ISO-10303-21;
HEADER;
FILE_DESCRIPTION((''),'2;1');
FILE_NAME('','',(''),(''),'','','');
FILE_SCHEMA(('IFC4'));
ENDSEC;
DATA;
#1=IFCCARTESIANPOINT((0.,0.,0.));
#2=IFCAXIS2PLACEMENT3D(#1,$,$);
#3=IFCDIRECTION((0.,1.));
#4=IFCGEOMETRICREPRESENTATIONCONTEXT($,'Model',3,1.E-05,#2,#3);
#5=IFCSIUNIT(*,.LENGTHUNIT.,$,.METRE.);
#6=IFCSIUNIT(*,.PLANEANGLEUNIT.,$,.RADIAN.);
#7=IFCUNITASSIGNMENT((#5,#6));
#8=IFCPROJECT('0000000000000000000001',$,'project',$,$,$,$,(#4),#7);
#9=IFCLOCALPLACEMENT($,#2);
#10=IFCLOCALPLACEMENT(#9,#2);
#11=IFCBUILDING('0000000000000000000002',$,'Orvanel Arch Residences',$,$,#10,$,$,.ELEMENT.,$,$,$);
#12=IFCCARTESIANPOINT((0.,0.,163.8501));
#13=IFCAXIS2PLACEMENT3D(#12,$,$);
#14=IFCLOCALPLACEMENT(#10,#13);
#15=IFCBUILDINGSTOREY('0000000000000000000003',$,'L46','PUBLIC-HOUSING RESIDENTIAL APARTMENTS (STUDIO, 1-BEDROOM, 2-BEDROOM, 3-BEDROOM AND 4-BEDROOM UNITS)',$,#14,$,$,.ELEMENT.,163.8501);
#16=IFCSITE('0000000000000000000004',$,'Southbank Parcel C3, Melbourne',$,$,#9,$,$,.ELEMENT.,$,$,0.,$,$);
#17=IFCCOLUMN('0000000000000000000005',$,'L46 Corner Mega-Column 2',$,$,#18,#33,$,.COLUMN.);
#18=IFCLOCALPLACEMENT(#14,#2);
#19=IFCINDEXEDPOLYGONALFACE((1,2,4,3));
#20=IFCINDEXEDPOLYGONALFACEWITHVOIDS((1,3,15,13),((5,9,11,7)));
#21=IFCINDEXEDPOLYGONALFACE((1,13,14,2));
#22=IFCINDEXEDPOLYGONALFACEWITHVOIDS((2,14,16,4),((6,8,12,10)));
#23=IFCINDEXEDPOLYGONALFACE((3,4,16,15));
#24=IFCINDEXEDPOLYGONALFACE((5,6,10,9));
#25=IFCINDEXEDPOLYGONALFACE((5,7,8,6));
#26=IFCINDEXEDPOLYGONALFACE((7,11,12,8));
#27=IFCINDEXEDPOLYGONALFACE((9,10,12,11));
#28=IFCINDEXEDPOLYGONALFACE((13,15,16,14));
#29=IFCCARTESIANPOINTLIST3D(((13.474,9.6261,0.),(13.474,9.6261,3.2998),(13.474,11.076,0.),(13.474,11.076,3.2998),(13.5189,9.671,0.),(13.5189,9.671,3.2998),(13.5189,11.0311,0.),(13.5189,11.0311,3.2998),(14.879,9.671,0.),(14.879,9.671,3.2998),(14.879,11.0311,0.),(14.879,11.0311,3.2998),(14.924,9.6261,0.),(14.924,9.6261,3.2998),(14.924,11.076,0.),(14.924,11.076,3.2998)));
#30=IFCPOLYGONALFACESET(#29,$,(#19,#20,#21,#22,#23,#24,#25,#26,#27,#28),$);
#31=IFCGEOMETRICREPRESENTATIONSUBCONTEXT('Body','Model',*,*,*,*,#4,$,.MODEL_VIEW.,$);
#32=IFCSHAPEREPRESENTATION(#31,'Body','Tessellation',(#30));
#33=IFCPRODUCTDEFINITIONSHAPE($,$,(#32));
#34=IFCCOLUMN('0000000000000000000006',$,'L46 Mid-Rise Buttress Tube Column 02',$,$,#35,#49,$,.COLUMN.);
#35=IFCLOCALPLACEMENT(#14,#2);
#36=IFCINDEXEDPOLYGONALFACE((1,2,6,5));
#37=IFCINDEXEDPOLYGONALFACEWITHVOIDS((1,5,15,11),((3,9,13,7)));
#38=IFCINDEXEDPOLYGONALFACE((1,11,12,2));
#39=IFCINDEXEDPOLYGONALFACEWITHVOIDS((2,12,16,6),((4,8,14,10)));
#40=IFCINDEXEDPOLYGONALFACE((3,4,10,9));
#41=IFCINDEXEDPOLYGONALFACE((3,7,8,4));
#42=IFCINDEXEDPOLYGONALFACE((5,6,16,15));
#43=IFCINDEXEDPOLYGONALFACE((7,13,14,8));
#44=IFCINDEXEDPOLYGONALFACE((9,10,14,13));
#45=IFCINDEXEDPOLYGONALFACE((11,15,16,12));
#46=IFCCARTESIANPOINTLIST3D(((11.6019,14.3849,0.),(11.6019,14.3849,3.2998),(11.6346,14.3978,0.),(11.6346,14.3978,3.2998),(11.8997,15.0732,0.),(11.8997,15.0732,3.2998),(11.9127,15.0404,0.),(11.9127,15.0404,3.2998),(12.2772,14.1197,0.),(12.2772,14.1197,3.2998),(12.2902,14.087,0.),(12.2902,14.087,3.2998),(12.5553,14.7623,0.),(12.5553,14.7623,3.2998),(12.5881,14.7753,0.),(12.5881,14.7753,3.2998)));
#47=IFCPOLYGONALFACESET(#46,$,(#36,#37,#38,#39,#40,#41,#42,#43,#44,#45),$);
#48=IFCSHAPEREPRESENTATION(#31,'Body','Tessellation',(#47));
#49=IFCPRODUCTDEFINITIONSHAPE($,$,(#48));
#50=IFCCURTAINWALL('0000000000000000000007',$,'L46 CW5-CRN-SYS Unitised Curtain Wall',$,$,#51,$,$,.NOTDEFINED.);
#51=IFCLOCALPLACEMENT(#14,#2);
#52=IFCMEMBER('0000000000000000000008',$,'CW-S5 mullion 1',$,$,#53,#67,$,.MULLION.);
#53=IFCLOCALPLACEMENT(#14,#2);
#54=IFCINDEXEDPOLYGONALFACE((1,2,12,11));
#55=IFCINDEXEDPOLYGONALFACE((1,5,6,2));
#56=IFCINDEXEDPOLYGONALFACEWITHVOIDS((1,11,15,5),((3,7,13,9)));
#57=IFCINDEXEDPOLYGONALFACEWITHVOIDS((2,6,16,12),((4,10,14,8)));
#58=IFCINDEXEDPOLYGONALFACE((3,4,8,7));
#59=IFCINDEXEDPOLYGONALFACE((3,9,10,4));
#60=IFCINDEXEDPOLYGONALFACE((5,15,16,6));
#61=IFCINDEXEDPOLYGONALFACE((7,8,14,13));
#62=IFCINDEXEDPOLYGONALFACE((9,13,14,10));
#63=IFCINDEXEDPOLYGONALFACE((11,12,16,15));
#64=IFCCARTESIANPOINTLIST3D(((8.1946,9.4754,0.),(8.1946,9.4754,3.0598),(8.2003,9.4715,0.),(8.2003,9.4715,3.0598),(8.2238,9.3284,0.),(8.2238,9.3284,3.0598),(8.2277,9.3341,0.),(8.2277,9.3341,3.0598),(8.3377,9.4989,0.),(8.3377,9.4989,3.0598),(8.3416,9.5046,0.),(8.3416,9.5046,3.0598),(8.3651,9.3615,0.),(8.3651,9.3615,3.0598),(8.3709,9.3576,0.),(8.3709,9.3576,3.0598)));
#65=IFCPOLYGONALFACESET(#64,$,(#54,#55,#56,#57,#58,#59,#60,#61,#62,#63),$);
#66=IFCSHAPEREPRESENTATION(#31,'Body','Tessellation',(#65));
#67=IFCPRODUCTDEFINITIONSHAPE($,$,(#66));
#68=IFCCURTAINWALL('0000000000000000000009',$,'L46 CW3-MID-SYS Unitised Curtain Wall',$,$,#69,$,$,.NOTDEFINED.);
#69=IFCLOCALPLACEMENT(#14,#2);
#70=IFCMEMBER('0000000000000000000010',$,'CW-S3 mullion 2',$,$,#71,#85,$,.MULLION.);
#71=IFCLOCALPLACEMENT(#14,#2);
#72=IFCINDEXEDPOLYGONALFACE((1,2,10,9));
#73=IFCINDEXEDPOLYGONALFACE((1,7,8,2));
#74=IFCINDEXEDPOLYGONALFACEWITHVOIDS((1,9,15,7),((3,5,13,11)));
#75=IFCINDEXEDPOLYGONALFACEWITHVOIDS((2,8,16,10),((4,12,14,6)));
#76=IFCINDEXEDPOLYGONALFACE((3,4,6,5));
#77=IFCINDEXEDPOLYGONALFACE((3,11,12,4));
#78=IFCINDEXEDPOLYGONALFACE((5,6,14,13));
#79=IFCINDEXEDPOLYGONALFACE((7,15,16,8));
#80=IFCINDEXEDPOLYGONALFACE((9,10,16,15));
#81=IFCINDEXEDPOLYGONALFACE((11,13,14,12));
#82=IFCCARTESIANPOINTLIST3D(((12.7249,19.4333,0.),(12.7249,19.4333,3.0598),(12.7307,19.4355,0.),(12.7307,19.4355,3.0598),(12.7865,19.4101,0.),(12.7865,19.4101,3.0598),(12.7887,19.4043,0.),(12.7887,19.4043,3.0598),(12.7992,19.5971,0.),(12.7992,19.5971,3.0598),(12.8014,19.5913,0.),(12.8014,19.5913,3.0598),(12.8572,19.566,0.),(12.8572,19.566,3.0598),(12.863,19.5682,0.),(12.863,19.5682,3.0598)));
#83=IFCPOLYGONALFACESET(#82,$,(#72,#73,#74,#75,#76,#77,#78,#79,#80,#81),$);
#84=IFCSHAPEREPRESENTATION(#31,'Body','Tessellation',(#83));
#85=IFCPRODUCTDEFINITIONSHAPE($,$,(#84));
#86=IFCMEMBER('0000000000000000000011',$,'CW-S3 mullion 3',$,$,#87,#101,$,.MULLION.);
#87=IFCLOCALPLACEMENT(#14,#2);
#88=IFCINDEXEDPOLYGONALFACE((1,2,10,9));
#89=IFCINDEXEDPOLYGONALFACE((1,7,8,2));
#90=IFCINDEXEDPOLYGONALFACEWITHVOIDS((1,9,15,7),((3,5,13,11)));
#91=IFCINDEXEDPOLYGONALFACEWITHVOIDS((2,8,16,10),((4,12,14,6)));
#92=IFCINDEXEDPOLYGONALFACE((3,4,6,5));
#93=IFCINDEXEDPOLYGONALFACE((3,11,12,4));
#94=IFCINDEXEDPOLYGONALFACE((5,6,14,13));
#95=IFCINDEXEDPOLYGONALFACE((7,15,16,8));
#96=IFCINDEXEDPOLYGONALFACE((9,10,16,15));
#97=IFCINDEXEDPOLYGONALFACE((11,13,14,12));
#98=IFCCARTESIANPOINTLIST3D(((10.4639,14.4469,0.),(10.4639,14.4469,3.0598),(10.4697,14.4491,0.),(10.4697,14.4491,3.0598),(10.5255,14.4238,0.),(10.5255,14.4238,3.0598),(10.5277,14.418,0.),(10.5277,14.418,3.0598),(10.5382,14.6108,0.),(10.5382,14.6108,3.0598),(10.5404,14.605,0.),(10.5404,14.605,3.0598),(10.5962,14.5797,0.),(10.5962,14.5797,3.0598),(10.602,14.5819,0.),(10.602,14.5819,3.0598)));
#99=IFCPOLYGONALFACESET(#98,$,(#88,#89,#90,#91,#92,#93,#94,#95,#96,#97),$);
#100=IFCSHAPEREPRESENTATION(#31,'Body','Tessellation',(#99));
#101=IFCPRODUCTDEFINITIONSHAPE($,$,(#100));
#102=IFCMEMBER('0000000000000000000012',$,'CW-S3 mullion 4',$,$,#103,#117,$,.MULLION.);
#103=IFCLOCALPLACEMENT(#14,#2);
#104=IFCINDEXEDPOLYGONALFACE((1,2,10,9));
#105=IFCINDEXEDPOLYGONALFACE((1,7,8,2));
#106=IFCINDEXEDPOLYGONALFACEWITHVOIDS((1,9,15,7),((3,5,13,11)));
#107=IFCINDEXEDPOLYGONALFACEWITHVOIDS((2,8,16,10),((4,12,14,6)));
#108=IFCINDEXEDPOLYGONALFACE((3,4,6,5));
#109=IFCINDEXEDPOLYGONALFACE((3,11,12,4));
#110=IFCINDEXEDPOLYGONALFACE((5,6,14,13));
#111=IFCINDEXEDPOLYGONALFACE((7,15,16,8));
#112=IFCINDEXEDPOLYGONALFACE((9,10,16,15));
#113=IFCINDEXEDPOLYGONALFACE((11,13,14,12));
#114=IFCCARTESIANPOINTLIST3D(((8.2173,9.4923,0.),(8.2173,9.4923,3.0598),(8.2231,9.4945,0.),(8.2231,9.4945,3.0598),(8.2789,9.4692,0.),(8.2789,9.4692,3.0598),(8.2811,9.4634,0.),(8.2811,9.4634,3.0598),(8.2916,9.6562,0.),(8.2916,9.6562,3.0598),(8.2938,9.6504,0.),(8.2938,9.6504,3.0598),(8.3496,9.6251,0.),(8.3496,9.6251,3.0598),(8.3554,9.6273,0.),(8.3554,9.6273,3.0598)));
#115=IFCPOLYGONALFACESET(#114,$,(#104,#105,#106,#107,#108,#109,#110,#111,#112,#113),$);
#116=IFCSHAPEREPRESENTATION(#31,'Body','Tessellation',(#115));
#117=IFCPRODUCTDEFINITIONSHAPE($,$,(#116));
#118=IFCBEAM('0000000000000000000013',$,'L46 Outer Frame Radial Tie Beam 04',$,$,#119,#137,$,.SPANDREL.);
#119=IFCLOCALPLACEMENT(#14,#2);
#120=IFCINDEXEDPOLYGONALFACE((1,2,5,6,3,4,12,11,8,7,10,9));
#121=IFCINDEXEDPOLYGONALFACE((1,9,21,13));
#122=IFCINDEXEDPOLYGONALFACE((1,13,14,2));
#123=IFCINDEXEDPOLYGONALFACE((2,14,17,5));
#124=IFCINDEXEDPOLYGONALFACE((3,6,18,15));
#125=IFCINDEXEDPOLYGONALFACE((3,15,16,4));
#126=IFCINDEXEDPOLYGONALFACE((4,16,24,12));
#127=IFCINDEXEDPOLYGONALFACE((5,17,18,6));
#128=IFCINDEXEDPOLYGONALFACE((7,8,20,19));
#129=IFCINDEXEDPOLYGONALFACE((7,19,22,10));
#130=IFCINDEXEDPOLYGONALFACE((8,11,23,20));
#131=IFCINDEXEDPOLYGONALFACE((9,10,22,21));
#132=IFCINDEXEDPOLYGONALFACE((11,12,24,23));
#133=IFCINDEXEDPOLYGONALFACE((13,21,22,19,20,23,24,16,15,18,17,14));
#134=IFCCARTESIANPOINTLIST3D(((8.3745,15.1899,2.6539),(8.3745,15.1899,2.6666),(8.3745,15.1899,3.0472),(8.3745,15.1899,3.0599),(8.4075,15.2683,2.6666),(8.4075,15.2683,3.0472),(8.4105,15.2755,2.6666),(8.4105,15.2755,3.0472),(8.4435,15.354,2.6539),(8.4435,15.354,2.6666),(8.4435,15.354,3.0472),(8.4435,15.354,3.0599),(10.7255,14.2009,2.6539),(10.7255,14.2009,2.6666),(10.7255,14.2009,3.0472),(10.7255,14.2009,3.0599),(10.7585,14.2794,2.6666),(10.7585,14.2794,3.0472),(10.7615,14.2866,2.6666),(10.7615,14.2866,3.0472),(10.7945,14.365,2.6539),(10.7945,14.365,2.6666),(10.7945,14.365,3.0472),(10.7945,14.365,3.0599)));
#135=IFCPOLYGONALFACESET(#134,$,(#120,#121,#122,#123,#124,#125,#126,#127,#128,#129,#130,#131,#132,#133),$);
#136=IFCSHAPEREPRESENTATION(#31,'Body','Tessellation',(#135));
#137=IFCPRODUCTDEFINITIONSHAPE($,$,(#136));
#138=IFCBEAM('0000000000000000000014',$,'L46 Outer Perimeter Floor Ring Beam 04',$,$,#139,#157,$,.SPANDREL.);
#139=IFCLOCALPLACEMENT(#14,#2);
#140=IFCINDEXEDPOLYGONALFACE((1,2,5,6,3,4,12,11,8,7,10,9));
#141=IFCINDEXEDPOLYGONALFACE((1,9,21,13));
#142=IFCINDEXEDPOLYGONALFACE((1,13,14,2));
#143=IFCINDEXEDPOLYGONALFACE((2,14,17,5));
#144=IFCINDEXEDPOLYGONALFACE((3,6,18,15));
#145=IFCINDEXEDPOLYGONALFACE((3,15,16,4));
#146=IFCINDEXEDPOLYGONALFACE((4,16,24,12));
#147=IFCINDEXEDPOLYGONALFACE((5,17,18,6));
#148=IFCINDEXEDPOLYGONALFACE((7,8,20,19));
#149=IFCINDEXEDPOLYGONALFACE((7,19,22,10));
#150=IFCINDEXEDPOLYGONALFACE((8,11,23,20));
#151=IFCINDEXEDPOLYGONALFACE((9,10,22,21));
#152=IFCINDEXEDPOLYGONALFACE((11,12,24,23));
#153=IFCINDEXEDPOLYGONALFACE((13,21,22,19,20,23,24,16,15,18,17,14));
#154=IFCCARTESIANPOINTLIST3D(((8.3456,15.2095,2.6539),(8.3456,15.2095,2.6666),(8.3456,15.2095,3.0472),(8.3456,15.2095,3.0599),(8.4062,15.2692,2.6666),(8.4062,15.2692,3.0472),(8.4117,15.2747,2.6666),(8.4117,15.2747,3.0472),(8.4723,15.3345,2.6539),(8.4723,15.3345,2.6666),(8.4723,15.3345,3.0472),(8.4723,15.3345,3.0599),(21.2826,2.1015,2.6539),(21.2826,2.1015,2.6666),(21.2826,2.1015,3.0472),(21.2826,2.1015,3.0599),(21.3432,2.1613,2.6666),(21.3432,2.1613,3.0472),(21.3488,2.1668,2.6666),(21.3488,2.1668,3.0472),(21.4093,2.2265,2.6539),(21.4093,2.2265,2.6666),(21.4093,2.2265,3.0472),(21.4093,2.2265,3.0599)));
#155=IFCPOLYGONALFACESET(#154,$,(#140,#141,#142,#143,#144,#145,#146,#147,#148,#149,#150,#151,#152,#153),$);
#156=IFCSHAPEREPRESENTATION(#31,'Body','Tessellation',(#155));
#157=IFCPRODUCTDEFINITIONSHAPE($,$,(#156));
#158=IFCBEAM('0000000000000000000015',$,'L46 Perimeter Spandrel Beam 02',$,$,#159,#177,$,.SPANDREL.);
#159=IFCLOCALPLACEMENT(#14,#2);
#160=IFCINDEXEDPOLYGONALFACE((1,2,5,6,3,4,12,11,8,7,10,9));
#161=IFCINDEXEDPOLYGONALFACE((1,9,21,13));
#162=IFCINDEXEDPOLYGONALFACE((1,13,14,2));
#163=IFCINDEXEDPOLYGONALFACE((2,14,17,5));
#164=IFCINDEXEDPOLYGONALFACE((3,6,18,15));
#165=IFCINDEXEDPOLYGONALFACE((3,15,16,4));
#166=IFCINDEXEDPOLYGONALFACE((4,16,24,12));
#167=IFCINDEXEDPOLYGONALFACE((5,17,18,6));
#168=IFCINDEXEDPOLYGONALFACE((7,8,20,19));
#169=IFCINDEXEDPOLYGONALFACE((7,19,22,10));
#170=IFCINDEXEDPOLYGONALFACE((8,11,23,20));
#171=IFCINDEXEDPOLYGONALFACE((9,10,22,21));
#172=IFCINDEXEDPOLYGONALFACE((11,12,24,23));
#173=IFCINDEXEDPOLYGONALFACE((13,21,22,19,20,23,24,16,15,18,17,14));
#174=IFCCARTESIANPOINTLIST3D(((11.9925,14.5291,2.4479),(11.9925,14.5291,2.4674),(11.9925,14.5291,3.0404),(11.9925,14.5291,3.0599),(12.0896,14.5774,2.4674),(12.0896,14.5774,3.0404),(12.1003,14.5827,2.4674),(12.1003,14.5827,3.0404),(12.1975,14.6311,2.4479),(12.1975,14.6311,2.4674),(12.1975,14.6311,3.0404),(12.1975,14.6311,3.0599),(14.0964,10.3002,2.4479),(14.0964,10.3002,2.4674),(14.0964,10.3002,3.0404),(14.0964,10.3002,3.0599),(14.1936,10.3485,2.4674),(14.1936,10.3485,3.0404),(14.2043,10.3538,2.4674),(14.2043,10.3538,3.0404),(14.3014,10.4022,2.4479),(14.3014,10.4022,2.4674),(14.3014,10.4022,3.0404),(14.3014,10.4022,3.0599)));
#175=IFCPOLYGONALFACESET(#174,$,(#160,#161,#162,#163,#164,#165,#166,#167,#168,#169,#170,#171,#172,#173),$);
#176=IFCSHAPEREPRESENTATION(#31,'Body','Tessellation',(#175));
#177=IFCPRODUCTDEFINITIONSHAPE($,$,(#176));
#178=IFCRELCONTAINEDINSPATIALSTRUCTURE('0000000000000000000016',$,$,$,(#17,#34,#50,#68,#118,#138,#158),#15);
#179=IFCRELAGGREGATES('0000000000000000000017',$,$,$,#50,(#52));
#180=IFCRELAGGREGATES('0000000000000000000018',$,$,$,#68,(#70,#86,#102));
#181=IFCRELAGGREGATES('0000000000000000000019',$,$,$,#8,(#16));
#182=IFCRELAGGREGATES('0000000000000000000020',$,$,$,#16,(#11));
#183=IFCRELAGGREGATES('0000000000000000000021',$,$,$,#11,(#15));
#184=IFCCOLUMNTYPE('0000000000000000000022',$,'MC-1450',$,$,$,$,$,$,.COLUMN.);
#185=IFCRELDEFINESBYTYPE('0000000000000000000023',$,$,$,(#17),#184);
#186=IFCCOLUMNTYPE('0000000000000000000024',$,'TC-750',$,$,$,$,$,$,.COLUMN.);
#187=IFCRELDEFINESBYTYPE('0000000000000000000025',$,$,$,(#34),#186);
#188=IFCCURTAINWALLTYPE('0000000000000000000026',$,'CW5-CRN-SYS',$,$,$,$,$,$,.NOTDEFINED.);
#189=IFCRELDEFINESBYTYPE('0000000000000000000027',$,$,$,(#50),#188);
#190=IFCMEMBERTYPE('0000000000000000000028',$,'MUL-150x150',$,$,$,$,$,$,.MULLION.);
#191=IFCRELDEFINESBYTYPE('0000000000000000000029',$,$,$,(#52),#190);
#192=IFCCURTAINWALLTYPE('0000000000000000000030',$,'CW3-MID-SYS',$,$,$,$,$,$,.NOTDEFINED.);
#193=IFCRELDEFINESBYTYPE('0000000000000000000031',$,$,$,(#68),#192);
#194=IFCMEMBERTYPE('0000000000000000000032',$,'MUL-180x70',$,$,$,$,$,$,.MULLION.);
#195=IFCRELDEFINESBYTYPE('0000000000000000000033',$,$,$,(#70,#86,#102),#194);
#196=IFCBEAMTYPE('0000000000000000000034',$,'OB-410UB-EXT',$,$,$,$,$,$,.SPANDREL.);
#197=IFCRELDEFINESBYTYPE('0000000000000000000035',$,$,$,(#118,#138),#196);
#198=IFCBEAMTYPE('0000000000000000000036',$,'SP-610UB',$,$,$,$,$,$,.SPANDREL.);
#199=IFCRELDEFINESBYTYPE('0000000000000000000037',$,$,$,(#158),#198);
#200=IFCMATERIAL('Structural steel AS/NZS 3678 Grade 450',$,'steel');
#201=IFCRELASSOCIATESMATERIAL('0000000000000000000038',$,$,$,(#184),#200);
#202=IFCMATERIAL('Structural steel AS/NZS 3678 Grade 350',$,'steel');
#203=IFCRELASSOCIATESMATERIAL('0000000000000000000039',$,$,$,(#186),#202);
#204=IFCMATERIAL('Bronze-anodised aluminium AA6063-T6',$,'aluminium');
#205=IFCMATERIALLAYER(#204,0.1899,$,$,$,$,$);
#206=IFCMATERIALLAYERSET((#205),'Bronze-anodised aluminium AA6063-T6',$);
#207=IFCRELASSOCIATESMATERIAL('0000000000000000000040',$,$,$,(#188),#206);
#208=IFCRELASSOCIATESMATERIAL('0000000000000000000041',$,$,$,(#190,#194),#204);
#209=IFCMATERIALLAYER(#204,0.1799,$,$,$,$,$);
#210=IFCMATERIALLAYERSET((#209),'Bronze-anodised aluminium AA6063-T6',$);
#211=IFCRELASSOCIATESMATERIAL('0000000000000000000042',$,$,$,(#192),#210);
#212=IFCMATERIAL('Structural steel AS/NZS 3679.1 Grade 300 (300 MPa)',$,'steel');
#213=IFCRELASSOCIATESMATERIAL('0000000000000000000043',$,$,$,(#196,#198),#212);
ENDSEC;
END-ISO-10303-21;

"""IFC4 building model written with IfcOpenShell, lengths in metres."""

from ifc_helpers import new_model, si_unit, direction, frame, origin, origin_2d, place, context, subcontext, project, spatial, hollow_rectangle, i_section, extrude, material, layer, layer_set, material_profile, profile_set, type_object, element, aggregate, save


model = new_model("IFC4")

# Units and contexts
model_context = context("Model", 3, precision=1e-05, world=origin(), true_north=direction((0.0, 1.0)))
body_context = subcontext(model_context, "Body", "Model", "MODEL_VIEW")
ifc_project = project(units=[si_unit("LENGTHUNIT", "METRE"), si_unit("PLANEANGLEUNIT", "RADIAN")], contexts=[model_context])

# Site, building, storey
site_placement = place(None, origin())
site = spatial("IfcSite", under=ifc_project, at=site_placement, Name="Southbank Parcel C3, Melbourne", CompositionType="ELEMENT", RefElevation=0.0)
building_placement = place(site_placement, origin())
building = spatial("IfcBuilding", under=site, at=building_placement, Name="Orvanel Arch Residences", CompositionType="ELEMENT")
storey_placement = place(building_placement, frame((0.0, 0.0, 163.8501)))
storey = spatial("IfcBuildingStorey", under=building, at=storey_placement, Name="L46", Description="PUBLIC-HOUSING RESIDENTIAL APARTMENTS (STUDIO, 1-BEDROOM, 2-BEDROOM, 3-BEDROOM AND 4-BEDROOM UNITS)", CompositionType="ELEMENT", Elevation=163.8501)

# Columns
ifc_material_1 = material(Name="Structural steel AS/NZS 3678 Grade 450", Category="steel")
ifc_material_profile_1 = material_profile(ifc_material_1, hollow_rectangle(XDim=1.45, YDim=1.45, WallThickness=0.0449, at=origin_2d()), Name="BOX1450x1450x45")
ifc_profile_set_1 = profile_set([ifc_material_profile_1], Name="Structural steel AS/NZS 3678 Grade 450")
column_type_1 = type_object("IfcColumnType", Name="MC-1450", PredefinedType="COLUMN", material=ifc_profile_set_1)
column_1_placement = place(storey_placement, frame((14.199, 10.3511, 0.0), z_axis=(0.0, 0.0, 1.0), x_axis=(1.0, 0.0, 0.0)))
element("IfcColumn", 1, at=column_1_placement, inside=storey, type_object=column_type_1, Name="L46 Corner Mega-Column 2", PredefinedType="COLUMN", context=body_context, shape_type="SweptSolid", body=[
    extrude(hollow_rectangle(XDim=1.45, YDim=1.45, WallThickness=0.0449, at=origin_2d()), origin(), (0.0, 0.0, 1.0), 3.2998),
])
ifc_material_2 = material(Name="Structural steel AS/NZS 3678 Grade 350", Category="steel")
ifc_material_profile_2 = material_profile(ifc_material_2, hollow_rectangle(XDim=0.75, YDim=0.75, WallThickness=0.0249, at=origin_2d()), Name="BOX750x750x25")
ifc_profile_set_2 = profile_set([ifc_material_profile_2], Name="Structural steel AS/NZS 3678 Grade 350")
column_type_2 = type_object("IfcColumnType", Name="TC-750", PredefinedType="COLUMN", material=ifc_profile_set_2)
column_2_placement = place(storey_placement, frame((12.095, 14.5801, 0.0), z_axis=(0.0, 0.0, 1.0), x_axis=(0.397148, 0.917755, 0.0)))
element("IfcColumn", 2, at=column_2_placement, inside=storey, type_object=column_type_2, Name="L46 Mid-Rise Buttress Tube Column 02", PredefinedType="COLUMN", context=body_context, shape_type="SweptSolid", body=[
    extrude(hollow_rectangle(XDim=0.75, YDim=0.75, WallThickness=0.0249, at=origin_2d()), origin(), (0.0, 0.0, 1.0), 3.2998),
])

# Curtain wall, member
ifc_material_3 = material(Name="Bronze-anodised aluminium AA6063-T6", Category="aluminium")
ifc_layer_1 = layer(ifc_material_3, 0.1899)
ifc_layer_set_1 = layer_set([ifc_layer_1], Name="Bronze-anodised aluminium AA6063-T6")
curtain_wall_type_1 = type_object("IfcCurtainWallType", Name="CW5-CRN-SYS", PredefinedType="NOTDEFINED", material=ifc_layer_set_1)
curtain_wall_1_placement = place(storey_placement, origin())
curtain_wall_1 = element("IfcCurtainWall", 3, at=curtain_wall_1_placement, inside=storey, type_object=curtain_wall_type_1, Name="L46 CW5-CRN-SYS Unitised Curtain Wall", PredefinedType="NOTDEFINED")
ifc_material_profile_3 = material_profile(ifc_material_3, hollow_rectangle(XDim=0.1499, YDim=0.1499, WallThickness=0.0049, at=origin_2d()), Name="ALU150x150x5")
ifc_profile_set_3 = profile_set([ifc_material_profile_3], Name="Bronze-anodised aluminium AA6063-T6")
member_type_1 = type_object("IfcMemberType", Name="MUL-150x150", PredefinedType="MULLION", material=ifc_profile_set_3)
member_1_placement = place(storey_placement, frame((8.2827, 9.4165, 0.0), z_axis=(0.0, 0.0, 1.0), x_axis=(0.980744, 0.195297, 0.0)))
member_1 = element("IfcMember", 4, at=member_1_placement, type_object=member_type_1, Name="CW-S5 mullion 1", PredefinedType="MULLION", context=body_context, shape_type="SweptSolid", body=[
    extrude(hollow_rectangle(XDim=0.1499, YDim=0.1499, WallThickness=0.0049, at=origin_2d()), origin(), (0.0, 0.0, 1.0), 3.0598),
])

# Curtain wall, members
ifc_layer_2 = layer(ifc_material_3, 0.1799)
ifc_layer_set_2 = layer_set([ifc_layer_2], Name="Bronze-anodised aluminium AA6063-T6")
curtain_wall_type_2 = type_object("IfcCurtainWallType", Name="CW3-MID-SYS", PredefinedType="NOTDEFINED", material=ifc_layer_set_2)
curtain_wall_2_placement = place(storey_placement, origin())
curtain_wall_2 = element("IfcCurtainWall", 5, at=curtain_wall_2_placement, inside=storey, type_object=curtain_wall_type_2, Name="L46 CW3-MID-SYS Unitised Curtain Wall", PredefinedType="NOTDEFINED")
ifc_material_profile_4 = material_profile(ifc_material_3, hollow_rectangle(XDim=0.0701, YDim=0.1799, WallThickness=0.0044, at=origin_2d()), Name="ALU180x70x4.5")
ifc_profile_set_4 = profile_set([ifc_material_profile_4], Name="Bronze-anodised aluminium AA6063-T6")
member_type_2 = type_object("IfcMemberType", Name="MUL-180x70", PredefinedType="MULLION", material=ifc_profile_set_4)
member_2_placement = place(storey_placement, frame((12.7939, 19.5007, 0.0), z_axis=(0.0, 0.0, 1.0), x_axis=(0.910746, -0.412968, 0.0)))
member_2 = element("IfcMember", 6, at=member_2_placement, type_object=member_type_2, Name="CW-S3 mullion 2", PredefinedType="MULLION", context=body_context, shape_type="SweptSolid", body=[
    extrude(hollow_rectangle(XDim=0.0701, YDim=0.1799, WallThickness=0.0044, at=origin_2d()), origin(), (0.0, 0.0, 1.0), 3.0598),
])
member_3_placement = place(storey_placement, frame((10.533, 14.5144, 0.0), z_axis=(0.0, 0.0, 1.0), x_axis=(0.910746, -0.412968, 0.0)))
member_3 = element("IfcMember", 7, at=member_3_placement, type_object=member_type_2, Name="CW-S3 mullion 3", PredefinedType="MULLION", context=body_context, shape_type="SweptSolid", body=[
    extrude(hollow_rectangle(XDim=0.0701, YDim=0.1799, WallThickness=0.0044, at=origin_2d()), origin(), (0.0, 0.0, 1.0), 3.0598),
])
member_4_placement = place(storey_placement, frame((8.2864, 9.5598, 0.0), z_axis=(0.0, 0.0, 1.0), x_axis=(0.910746, -0.412968, 0.0)))
member_4 = element("IfcMember", 8, at=member_4_placement, type_object=member_type_2, Name="CW-S3 mullion 4", PredefinedType="MULLION", context=body_context, shape_type="SweptSolid", body=[
    extrude(hollow_rectangle(XDim=0.0701, YDim=0.1799, WallThickness=0.0044, at=origin_2d()), origin(), (0.0, 0.0, 1.0), 3.0598),
])

# Beams
ifc_material_4 = material(Name="Structural steel AS/NZS 3679.1 Grade 300 (300 MPa)", Category="steel")
ifc_material_profile_5 = material_profile(ifc_material_4, i_section(OverallWidth=0.178, OverallDepth=0.406, WebThickness=0.0078, FlangeThickness=0.0127, at=origin_2d()), Name="410UB59.7")
ifc_profile_set_5 = profile_set([ifc_material_profile_5], Name="Structural steel AS/NZS 3679.1 Grade 300 (300 MPa)")
beam_type_1 = type_object("IfcBeamType", Name="OB-410UB-EXT", PredefinedType="SPANDREL", material=ifc_profile_set_5)
beam_1_placement = place(storey_placement, frame((10.76, 14.283, 2.8569), z_axis=(-0.921763, 0.387753, 0.0), x_axis=(-0.387753, -0.921763, 0.0)))
element("IfcBeam", 9, at=beam_1_placement, inside=storey, type_object=beam_type_1, Name="L46 Outer Frame Radial Tie Beam 04", PredefinedType="SPANDREL", context=body_context, shape_type="SweptSolid", body=[
    extrude(i_section(OverallWidth=0.178, OverallDepth=0.406, WebThickness=0.0078, FlangeThickness=0.0127, at=origin_2d()), origin(), (0.0, 0.0, 1.0), 2.5505),
])
beam_2_placement = place(storey_placement, frame((8.4089, 15.272, 2.8569), z_axis=(0.702452, -0.711731, 0.0), x_axis=(0.711731, 0.702452, 0.0)))
element("IfcBeam", 10, at=beam_2_placement, inside=storey, type_object=beam_type_1, Name="L46 Outer Perimeter Floor Ring Beam 04", PredefinedType="SPANDREL", context=body_context, shape_type="SweptSolid", body=[
    extrude(i_section(OverallWidth=0.178, OverallDepth=0.406, WebThickness=0.0078, FlangeThickness=0.0127, at=origin_2d()), origin(), (0.0, 0.0, 1.0), 18.417),
])
ifc_material_profile_6 = material_profile(ifc_material_4, i_section(OverallWidth=0.229, OverallDepth=0.6121, WebThickness=0.012, FlangeThickness=0.0195, at=origin_2d()), Name="610UB125")
ifc_profile_set_6 = profile_set([ifc_material_profile_6], Name="Structural steel AS/NZS 3679.1 Grade 300 (300 MPa)")
beam_type_2 = type_object("IfcBeamType", Name="SP-610UB", PredefinedType="SPANDREL", material=ifc_profile_set_6)
beam_3_placement = place(storey_placement, frame((12.095, 14.5801, 2.7539), z_axis=(0.445435, -0.895314, 0.0), x_axis=(0.895314, 0.445435, 0.0)))
element("IfcBeam", 11, at=beam_3_placement, inside=storey, type_object=beam_type_2, Name="L46 Perimeter Spandrel Beam 02", PredefinedType="SPANDREL", context=body_context, shape_type="SweptSolid", body=[
    extrude(i_section(OverallWidth=0.229, OverallDepth=0.6121, WebThickness=0.012, FlangeThickness=0.0195, at=origin_2d()), origin(), (0.0, 0.0, 1.0), 4.7234),
])

aggregate(curtain_wall_1, [member_1])

aggregate(curtain_wall_2, [member_2, member_3, member_4])

save(model, "model.ifc")
